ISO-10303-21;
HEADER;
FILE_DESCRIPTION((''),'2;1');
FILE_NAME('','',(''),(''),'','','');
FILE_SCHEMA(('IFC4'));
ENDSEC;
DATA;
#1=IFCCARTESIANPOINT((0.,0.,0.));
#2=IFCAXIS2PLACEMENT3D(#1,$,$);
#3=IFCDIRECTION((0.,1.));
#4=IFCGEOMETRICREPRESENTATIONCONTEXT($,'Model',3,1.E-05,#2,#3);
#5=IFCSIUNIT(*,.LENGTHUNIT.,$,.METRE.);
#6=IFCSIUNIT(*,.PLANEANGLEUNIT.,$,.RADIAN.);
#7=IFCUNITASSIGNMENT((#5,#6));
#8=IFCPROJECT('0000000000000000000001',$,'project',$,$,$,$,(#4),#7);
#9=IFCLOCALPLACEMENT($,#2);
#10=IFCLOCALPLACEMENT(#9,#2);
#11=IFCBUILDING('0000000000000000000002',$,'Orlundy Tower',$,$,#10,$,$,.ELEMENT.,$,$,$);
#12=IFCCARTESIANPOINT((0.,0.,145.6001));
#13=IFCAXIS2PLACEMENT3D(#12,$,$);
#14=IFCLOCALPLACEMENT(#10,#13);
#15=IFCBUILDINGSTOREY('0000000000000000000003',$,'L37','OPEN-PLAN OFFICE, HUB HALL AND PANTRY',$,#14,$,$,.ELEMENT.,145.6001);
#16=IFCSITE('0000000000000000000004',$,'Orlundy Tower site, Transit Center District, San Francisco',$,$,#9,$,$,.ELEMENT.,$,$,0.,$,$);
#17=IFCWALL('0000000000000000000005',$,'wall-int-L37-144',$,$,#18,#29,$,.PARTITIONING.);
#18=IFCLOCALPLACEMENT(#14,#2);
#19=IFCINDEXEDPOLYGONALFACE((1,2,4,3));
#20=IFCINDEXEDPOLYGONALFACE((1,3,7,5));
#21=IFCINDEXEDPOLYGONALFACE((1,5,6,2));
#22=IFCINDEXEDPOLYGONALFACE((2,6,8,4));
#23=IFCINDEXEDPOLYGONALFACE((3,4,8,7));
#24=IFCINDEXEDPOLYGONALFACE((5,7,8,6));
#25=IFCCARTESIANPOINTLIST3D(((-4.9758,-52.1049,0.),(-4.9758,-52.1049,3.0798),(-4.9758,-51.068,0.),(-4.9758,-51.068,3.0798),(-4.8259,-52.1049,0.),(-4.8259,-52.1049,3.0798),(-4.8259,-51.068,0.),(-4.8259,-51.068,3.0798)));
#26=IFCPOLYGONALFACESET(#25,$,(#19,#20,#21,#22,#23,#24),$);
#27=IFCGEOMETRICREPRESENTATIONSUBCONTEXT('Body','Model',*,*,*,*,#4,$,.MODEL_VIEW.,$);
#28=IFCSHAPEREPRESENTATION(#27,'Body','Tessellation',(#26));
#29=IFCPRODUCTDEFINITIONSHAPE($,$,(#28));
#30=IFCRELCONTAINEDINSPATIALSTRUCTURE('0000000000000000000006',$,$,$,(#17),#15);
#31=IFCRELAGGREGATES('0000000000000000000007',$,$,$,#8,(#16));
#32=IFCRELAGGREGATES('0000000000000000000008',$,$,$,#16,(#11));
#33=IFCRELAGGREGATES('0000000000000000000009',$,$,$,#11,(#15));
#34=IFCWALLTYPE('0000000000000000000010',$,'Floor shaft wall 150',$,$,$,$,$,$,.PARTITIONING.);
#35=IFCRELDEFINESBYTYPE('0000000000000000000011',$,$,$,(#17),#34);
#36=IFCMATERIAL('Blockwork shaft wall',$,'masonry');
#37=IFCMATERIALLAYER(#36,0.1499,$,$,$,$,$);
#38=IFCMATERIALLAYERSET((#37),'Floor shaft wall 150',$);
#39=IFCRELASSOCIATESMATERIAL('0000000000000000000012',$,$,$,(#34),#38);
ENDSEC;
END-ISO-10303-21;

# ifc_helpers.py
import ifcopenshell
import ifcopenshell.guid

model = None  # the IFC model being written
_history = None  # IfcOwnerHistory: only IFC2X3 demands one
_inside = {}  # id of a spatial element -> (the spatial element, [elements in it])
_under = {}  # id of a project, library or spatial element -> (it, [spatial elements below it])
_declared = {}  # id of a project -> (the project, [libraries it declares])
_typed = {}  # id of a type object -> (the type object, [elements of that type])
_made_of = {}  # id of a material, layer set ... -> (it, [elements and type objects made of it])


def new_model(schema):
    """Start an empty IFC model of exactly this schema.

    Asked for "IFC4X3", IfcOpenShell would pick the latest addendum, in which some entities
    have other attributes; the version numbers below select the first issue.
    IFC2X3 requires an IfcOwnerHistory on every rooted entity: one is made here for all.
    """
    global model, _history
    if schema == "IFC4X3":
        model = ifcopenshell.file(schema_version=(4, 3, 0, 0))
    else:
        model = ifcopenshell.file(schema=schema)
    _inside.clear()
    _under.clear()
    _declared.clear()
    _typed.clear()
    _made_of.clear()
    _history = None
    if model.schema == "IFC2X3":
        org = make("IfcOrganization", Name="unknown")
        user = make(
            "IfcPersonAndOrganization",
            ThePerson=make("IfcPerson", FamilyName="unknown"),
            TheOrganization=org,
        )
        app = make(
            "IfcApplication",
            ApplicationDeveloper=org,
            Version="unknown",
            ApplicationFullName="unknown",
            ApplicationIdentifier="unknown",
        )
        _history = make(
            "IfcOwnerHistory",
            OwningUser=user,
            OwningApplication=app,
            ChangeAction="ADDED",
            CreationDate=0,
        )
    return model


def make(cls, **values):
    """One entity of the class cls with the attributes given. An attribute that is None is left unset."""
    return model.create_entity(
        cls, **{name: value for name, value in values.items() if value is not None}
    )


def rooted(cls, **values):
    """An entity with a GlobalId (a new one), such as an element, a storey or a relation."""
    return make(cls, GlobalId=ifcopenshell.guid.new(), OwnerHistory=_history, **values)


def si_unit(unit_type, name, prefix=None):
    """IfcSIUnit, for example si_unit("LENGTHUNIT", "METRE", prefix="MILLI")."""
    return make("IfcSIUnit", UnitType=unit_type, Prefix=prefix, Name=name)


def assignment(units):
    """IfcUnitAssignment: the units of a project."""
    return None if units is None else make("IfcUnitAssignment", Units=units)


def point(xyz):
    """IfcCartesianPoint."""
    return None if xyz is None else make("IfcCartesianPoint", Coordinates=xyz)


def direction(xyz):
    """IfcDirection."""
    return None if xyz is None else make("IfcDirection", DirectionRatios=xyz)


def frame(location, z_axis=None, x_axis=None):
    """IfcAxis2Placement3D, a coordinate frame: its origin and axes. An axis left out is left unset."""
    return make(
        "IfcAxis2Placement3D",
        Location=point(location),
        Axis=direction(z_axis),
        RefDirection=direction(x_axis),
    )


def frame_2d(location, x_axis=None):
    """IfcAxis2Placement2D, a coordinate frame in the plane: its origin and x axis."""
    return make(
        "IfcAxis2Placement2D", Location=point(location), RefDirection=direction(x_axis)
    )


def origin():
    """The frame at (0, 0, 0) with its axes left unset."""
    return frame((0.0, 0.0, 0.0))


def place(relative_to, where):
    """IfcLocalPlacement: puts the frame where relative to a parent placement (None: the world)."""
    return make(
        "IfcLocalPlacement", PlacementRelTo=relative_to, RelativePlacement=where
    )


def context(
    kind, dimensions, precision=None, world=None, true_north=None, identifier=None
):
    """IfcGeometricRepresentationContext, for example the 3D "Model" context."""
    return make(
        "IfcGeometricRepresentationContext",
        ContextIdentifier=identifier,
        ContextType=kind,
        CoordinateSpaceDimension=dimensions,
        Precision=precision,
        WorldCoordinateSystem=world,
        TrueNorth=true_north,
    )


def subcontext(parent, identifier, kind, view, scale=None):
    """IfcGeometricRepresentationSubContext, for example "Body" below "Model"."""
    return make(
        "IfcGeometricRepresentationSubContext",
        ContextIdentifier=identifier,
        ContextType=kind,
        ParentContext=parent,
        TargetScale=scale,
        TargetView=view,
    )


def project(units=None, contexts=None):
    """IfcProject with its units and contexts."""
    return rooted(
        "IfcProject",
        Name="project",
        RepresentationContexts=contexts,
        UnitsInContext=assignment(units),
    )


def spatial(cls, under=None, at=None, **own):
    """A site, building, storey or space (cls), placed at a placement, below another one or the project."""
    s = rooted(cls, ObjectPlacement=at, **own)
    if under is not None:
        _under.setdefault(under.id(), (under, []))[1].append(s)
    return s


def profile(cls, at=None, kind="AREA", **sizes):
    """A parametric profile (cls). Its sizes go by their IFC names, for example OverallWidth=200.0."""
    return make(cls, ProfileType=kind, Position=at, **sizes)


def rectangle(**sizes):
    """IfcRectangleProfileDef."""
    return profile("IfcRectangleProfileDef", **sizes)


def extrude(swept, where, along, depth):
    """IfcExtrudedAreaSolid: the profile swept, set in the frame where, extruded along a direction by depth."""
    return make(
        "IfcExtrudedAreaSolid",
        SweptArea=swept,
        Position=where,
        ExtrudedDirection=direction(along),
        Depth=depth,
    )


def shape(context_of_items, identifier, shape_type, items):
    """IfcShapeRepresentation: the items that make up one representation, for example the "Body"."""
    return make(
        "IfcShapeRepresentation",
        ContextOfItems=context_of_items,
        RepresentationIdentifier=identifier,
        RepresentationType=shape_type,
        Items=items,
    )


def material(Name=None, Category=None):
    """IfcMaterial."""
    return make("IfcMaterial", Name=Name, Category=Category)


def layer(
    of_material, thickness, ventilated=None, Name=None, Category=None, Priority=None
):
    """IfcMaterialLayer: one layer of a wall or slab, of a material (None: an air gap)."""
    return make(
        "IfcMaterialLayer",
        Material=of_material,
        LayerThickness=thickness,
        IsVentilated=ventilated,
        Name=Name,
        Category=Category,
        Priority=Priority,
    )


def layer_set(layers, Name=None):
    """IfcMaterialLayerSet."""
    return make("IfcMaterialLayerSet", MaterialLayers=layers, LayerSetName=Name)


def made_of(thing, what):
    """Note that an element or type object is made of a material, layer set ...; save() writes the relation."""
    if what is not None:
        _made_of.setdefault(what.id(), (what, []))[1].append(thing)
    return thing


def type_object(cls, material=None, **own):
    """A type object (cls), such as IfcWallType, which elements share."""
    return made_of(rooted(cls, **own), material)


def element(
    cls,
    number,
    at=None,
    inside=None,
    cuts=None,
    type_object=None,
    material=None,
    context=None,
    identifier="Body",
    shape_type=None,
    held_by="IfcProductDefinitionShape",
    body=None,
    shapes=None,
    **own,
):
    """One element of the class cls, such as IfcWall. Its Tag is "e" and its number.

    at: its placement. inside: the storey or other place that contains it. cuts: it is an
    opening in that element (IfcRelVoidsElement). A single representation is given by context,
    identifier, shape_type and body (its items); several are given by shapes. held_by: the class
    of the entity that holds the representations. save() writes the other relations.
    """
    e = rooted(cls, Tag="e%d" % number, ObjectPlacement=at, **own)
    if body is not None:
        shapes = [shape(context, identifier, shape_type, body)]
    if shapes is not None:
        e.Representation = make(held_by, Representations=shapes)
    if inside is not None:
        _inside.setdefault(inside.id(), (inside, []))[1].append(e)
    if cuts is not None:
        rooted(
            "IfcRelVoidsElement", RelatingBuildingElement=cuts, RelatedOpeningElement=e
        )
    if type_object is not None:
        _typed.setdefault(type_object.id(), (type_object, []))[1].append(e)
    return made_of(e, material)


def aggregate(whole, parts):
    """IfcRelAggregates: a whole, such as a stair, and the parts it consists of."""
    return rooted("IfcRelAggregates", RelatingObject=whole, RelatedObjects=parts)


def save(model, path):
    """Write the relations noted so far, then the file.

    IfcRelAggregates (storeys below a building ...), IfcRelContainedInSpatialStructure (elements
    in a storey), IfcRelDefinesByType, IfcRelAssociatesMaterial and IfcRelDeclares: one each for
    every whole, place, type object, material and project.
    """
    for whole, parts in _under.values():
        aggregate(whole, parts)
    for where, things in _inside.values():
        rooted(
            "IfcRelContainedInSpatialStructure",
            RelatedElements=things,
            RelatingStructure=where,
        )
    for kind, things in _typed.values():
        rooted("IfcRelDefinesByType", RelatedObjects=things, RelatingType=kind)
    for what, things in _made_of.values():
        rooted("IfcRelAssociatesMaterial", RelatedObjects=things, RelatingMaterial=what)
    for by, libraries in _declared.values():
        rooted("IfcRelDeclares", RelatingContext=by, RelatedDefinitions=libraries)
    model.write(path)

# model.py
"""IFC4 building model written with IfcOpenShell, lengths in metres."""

from ifc_helpers import new_model, si_unit, direction, frame, frame_2d, origin, place, context, subcontext, project, spatial, rectangle, extrude, material, layer, layer_set, type_object, element, save


model = new_model("IFC4")

# Units and contexts
model_context = context("Model", 3, precision=1e-05, world=origin(), true_north=direction((0.0, 1.0)))
body_context = subcontext(model_context, "Body", "Model", "MODEL_VIEW")
ifc_project = project(units=[si_unit("LENGTHUNIT", "METRE"), si_unit("PLANEANGLEUNIT", "RADIAN")], contexts=[model_context])

# Site, building, storey
site_placement = place(None, origin())
site = spatial("IfcSite", under=ifc_project, at=site_placement, Name="Orlundy Tower site, Transit Center District, San Francisco", CompositionType="ELEMENT", RefElevation=0.0)
building_placement = place(site_placement, origin())
building = spatial("IfcBuilding", under=site, at=building_placement, Name="Orlundy Tower", CompositionType="ELEMENT")
storey_placement = place(building_placement, frame((0.0, 0.0, 145.6001)))
storey = spatial("IfcBuildingStorey", under=building, at=storey_placement, Name="L37", Description="OPEN-PLAN OFFICE, HUB HALL AND PANTRY", CompositionType="ELEMENT", Elevation=145.6001)

# Wall
ifc_material_1 = material(Name="Blockwork shaft wall", Category="masonry")
ifc_layer_1 = layer(ifc_material_1, 0.1499)
ifc_layer_set_1 = layer_set([ifc_layer_1], Name="Floor shaft wall 150")
wall_type_1 = type_object("IfcWallType", Name="Floor shaft wall 150", PredefinedType="PARTITIONING", material=ifc_layer_set_1)
wall_1_placement = place(storey_placement, frame((-4.9009, -52.105, 0.0), z_axis=(0.0, 0.0, 1.0), x_axis=(0.0, 1.0, 0.0)))
element("IfcWall", 1, at=wall_1_placement, inside=storey, type_object=wall_type_1, Name="wall-int-L37-144", PredefinedType="PARTITIONING", context=body_context, shape_type="SweptSolid", body=[
    extrude(rectangle(XDim=1.0369, YDim=0.1499, at=frame_2d((0.5186, 0.0))), origin(), (0.0, 0.0, 1.0), 3.0798),
])

save(model, "model.ifc")
